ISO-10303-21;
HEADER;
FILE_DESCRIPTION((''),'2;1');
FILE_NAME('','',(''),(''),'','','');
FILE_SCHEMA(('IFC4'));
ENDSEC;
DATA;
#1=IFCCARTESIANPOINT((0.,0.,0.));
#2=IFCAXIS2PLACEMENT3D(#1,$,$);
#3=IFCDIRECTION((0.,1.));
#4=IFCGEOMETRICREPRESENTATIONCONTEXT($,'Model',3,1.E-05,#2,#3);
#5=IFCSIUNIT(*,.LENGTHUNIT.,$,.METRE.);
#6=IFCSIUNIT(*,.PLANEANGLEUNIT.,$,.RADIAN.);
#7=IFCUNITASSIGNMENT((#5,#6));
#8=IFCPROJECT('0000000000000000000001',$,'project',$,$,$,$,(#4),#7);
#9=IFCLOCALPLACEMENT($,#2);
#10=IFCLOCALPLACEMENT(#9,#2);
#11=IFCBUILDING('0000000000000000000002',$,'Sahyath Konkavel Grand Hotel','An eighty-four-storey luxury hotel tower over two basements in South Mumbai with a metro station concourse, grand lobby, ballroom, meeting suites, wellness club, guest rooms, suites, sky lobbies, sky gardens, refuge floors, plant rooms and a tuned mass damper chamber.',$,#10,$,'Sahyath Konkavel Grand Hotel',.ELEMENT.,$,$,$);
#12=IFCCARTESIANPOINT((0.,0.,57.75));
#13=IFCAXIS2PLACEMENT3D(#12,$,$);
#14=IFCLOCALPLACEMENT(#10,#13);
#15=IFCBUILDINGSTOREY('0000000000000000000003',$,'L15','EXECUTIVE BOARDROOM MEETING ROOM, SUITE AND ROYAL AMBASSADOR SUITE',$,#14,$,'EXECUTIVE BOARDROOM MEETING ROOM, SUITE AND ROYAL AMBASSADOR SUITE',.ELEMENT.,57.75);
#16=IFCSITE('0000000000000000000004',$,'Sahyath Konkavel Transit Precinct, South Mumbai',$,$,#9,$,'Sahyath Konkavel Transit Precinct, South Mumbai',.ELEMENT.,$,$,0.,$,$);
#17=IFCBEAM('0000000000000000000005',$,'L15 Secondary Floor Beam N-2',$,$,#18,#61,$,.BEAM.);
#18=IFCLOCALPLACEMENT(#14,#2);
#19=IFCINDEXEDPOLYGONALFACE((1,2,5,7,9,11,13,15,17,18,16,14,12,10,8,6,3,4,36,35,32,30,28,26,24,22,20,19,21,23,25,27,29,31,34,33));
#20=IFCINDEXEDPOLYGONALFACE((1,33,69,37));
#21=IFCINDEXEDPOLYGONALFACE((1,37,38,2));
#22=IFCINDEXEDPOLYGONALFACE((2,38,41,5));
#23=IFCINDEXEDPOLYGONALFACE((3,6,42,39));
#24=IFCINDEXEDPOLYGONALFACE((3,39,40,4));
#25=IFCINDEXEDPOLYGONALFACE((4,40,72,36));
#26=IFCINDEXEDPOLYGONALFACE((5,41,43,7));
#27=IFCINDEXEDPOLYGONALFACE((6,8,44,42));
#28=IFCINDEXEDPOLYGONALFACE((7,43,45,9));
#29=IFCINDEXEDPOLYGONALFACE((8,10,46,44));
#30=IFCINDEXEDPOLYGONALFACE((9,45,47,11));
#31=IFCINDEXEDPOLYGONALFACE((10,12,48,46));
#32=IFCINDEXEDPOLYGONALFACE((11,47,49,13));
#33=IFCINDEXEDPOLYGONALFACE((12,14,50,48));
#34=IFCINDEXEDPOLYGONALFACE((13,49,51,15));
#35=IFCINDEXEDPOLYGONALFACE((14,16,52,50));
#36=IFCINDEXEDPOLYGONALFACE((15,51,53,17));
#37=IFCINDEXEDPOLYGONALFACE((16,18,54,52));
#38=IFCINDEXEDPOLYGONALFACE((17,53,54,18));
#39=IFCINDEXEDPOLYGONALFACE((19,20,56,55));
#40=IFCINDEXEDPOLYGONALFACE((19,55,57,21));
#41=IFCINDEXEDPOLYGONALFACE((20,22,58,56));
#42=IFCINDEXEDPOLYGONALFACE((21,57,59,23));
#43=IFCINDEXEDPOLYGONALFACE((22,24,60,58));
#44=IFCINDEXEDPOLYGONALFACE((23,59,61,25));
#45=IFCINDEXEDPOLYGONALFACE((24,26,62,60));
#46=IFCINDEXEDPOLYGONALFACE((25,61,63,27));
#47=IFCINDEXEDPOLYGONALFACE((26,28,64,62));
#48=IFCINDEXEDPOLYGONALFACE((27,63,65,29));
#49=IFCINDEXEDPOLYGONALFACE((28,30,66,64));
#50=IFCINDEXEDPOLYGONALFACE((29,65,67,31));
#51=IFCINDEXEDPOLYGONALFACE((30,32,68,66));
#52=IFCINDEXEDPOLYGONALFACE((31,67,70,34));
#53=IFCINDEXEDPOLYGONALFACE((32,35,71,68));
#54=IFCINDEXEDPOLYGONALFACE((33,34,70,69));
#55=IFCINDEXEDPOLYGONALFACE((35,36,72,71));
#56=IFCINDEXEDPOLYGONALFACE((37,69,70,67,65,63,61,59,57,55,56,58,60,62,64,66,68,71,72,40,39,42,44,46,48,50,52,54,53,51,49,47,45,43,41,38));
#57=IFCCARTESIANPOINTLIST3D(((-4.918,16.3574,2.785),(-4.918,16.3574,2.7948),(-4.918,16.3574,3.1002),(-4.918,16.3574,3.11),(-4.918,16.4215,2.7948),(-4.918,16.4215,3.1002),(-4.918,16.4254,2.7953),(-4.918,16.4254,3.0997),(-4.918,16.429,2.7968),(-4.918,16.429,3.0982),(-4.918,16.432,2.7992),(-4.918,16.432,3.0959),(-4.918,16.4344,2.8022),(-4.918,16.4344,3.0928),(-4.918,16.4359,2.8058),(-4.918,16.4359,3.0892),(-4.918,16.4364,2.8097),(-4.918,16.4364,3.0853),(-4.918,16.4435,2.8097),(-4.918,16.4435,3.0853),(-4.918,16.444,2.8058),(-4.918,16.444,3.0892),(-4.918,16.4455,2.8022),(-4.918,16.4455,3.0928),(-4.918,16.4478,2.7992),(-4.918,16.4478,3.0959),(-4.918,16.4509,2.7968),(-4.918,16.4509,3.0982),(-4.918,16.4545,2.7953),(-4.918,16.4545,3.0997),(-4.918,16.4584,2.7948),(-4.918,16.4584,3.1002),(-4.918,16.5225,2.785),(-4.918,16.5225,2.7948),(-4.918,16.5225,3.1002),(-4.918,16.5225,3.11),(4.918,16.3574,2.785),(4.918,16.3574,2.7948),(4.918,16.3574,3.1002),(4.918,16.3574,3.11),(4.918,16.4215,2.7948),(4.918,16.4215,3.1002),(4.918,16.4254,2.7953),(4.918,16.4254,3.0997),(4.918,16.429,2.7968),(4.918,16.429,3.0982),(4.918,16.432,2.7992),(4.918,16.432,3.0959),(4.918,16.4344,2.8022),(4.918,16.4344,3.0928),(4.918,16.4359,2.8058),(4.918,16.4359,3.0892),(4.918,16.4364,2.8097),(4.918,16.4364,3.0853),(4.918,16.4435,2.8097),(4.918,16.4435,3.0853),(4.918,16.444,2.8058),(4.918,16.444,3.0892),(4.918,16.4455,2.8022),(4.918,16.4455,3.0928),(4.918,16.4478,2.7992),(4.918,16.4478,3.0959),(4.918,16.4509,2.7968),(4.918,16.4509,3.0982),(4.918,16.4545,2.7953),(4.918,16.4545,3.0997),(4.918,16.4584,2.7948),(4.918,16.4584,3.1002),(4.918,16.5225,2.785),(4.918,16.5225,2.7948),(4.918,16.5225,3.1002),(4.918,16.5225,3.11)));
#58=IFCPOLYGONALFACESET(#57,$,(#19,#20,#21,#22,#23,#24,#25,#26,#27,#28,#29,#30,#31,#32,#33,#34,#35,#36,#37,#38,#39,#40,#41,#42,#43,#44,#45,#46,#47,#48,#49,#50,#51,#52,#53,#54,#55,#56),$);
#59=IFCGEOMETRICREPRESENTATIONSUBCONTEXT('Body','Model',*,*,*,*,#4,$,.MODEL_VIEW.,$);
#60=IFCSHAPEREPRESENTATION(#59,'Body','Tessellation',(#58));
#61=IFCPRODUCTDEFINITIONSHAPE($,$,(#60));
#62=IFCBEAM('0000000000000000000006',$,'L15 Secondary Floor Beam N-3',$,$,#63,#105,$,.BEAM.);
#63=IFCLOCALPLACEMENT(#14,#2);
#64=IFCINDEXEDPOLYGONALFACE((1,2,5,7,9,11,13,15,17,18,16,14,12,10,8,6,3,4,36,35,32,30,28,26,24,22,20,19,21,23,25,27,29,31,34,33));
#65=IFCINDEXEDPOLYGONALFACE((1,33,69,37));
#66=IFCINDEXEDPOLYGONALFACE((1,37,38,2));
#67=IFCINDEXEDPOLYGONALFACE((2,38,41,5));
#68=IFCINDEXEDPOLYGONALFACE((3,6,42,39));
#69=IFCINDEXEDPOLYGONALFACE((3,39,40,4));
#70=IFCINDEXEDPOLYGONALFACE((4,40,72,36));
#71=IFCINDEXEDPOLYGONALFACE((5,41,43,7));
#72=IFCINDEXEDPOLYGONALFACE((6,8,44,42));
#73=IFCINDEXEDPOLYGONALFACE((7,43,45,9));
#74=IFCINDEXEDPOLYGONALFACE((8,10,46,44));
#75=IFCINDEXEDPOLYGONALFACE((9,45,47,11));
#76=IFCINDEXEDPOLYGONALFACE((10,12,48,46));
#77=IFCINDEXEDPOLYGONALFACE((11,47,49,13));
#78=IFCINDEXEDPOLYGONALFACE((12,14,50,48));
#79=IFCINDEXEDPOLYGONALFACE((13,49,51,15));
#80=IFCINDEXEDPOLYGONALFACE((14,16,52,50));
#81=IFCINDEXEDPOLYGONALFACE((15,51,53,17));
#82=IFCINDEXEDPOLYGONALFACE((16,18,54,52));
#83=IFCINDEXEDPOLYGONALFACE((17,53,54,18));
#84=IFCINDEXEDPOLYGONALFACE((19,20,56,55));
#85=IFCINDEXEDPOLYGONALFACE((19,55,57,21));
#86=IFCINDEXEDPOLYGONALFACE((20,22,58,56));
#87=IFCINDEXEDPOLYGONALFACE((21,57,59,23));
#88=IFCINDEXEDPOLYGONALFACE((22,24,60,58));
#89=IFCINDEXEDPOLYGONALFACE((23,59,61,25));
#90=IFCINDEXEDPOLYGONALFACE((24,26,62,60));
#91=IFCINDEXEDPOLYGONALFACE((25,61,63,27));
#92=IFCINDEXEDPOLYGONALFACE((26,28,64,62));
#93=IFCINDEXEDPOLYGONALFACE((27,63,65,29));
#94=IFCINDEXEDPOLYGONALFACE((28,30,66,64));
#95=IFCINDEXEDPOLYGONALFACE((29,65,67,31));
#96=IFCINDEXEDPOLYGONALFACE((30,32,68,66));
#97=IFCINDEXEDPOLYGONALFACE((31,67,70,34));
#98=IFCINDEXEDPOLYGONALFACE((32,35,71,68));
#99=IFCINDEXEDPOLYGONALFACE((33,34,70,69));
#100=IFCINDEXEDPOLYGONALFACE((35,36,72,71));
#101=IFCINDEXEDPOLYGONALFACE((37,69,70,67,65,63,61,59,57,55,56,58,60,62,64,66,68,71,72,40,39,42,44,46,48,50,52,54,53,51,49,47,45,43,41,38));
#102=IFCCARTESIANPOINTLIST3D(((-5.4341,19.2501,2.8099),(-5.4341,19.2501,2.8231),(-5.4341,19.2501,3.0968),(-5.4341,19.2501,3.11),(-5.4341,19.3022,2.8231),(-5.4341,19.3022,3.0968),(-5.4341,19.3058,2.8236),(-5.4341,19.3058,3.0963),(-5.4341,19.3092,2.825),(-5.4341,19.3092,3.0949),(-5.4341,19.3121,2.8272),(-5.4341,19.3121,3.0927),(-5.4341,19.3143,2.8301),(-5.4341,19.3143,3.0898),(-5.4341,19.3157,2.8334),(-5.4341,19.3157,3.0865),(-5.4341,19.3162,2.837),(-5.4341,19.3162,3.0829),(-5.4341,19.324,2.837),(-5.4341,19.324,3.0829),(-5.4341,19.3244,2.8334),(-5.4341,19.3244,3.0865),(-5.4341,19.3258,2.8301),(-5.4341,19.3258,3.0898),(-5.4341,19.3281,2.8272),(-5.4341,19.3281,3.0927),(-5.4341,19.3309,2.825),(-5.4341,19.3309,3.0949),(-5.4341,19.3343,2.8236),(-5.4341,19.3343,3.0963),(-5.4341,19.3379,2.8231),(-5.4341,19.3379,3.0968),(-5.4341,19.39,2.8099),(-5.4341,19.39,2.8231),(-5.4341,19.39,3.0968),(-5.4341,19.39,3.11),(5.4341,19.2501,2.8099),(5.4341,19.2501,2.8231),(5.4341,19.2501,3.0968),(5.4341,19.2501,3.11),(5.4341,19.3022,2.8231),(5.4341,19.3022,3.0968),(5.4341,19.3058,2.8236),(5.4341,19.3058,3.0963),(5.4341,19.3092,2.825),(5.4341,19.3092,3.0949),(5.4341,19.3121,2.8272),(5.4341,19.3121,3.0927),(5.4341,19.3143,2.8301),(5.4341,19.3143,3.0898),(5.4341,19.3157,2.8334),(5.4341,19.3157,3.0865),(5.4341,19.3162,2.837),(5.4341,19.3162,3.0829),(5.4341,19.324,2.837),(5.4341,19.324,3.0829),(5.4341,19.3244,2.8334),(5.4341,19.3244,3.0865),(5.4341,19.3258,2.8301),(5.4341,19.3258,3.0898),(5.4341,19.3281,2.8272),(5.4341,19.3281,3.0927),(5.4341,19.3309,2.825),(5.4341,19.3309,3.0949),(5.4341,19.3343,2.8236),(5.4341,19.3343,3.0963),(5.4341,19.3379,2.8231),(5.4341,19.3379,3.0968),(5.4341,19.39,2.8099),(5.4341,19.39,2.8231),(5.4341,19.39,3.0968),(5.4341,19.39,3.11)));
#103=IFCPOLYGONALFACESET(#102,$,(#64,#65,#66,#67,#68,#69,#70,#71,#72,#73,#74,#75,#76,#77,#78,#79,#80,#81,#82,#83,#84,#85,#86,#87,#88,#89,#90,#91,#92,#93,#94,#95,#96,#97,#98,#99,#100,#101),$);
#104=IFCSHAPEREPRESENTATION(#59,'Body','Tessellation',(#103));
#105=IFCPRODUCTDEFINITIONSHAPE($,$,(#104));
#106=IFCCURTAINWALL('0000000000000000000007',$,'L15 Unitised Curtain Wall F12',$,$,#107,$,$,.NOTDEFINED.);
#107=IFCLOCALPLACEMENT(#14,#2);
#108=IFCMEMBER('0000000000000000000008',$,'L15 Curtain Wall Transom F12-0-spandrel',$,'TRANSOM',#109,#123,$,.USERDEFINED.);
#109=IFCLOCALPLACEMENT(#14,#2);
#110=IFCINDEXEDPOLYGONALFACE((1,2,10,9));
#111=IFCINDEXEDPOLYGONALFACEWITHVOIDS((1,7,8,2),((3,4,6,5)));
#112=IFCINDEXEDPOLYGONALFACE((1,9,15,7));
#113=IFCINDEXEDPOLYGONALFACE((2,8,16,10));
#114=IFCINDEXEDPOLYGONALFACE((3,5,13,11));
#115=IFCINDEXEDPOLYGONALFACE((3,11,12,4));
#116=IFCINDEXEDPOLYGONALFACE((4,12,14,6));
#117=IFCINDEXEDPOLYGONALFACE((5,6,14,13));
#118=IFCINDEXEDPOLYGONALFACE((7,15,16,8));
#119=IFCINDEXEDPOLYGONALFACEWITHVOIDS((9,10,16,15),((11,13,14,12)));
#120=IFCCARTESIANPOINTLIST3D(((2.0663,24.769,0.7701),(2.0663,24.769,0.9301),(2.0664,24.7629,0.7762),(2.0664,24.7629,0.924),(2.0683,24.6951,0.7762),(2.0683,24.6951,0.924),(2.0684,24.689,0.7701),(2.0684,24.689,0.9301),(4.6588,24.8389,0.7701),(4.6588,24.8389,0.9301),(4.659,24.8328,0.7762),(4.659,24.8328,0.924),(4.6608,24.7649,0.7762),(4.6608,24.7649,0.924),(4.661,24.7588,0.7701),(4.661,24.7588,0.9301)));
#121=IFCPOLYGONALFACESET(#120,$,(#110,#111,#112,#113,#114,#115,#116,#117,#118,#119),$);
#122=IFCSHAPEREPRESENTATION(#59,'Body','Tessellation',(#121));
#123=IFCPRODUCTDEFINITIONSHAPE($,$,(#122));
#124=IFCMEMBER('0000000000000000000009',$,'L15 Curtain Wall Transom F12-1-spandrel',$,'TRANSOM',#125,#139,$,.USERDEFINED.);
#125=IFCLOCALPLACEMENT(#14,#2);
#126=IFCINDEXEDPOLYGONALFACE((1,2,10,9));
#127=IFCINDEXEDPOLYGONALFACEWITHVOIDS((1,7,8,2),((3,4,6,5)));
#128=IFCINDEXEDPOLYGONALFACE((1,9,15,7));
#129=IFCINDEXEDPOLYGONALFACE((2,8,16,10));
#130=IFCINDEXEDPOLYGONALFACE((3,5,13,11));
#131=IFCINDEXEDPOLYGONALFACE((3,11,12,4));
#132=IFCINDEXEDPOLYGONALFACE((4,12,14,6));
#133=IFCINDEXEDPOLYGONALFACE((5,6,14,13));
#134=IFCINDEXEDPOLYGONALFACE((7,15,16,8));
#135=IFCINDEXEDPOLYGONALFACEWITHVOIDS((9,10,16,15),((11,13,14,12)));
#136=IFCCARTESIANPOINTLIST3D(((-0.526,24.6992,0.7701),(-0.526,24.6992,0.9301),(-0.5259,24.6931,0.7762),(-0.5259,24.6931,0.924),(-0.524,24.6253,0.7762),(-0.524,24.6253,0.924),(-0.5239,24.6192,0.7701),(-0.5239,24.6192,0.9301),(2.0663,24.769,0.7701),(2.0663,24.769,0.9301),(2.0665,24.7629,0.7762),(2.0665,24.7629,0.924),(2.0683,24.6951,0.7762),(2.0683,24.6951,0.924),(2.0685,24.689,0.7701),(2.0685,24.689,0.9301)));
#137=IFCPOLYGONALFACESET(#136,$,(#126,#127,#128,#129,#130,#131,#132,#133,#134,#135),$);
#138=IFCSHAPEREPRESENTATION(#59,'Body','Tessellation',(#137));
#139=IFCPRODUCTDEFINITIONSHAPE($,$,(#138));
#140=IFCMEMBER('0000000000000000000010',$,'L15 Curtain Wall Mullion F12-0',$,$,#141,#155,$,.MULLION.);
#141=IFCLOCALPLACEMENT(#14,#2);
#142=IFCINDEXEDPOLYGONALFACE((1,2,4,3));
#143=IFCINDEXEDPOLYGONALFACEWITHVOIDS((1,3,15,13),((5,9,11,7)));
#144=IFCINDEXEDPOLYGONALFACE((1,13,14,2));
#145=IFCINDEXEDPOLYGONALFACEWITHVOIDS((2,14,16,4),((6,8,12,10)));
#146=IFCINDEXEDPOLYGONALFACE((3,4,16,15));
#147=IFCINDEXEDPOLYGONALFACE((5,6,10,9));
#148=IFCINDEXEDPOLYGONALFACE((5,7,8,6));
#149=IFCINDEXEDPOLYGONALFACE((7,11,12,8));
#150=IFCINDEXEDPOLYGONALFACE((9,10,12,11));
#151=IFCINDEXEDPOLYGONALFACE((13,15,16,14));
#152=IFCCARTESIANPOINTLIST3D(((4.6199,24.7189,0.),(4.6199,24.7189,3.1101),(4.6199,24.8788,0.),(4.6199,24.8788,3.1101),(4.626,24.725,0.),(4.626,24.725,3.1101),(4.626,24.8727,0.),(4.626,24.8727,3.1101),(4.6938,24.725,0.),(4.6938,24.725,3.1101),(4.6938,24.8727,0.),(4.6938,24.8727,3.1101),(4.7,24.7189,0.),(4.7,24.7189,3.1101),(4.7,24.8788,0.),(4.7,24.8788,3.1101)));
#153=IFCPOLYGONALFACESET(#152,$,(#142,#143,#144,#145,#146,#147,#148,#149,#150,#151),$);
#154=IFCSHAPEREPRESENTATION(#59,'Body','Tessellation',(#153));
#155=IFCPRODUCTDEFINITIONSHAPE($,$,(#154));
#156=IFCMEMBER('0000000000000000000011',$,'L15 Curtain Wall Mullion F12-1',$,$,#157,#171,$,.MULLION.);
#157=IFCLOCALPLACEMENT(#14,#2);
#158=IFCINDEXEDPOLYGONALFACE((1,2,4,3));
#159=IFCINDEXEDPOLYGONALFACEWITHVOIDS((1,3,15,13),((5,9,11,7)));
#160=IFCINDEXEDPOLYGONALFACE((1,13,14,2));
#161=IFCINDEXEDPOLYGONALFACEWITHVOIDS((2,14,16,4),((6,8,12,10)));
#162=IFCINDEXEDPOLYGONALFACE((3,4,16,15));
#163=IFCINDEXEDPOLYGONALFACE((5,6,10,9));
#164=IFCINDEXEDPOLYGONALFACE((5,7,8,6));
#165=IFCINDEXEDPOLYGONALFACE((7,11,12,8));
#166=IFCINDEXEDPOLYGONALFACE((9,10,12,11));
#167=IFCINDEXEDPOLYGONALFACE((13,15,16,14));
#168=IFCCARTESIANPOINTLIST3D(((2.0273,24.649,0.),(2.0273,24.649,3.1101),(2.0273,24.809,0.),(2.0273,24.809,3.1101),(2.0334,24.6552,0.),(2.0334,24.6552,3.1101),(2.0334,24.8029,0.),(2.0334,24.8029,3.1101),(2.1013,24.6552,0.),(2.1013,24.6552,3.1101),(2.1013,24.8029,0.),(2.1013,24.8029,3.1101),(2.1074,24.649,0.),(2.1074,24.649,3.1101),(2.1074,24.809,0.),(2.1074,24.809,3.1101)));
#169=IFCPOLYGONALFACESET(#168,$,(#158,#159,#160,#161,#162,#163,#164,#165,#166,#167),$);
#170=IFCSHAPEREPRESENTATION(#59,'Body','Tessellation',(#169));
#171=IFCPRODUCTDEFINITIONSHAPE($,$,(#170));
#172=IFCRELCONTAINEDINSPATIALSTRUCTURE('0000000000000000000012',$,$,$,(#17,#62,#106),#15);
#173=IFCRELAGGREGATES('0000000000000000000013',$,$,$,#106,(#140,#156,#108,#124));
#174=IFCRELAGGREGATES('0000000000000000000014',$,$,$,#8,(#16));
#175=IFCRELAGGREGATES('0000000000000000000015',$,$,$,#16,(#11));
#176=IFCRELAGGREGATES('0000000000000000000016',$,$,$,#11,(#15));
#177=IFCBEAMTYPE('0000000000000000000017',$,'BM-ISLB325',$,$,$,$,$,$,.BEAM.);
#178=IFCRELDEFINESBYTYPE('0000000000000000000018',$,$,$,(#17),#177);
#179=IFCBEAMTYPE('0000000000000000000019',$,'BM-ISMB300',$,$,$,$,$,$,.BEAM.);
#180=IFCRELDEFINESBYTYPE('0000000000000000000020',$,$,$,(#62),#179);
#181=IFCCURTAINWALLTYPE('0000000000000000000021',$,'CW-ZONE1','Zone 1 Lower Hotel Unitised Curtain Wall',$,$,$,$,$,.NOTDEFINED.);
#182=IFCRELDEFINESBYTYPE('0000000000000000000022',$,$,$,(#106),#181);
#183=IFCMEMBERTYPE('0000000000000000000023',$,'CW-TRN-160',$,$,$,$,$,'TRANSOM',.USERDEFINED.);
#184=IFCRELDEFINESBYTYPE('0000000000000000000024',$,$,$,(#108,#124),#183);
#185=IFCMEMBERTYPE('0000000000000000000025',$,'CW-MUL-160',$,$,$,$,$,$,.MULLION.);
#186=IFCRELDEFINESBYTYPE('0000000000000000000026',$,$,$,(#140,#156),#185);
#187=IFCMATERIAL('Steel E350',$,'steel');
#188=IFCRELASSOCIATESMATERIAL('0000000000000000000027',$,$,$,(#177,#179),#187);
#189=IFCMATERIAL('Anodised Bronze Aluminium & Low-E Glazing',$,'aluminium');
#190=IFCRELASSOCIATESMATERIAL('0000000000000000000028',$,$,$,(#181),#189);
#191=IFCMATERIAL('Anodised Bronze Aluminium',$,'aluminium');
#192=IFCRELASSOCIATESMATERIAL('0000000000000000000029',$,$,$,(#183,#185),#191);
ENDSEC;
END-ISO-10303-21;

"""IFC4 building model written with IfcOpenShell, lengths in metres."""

from ifc_helpers import new_model, si_unit, direction, frame, origin, origin_2d, place, context, subcontext, project, spatial, hollow_rectangle, i_section, extrude, source, transform, mapped, material, material_profile, profile_set, type_object, element, aggregate, save


model = new_model("IFC4")

# Units and contexts
model_context = context("Model", 3, precision=1e-05, world=origin(), true_north=direction((0.0, 1.0)))
body_context = subcontext(model_context, "Body", "Model", "MODEL_VIEW")
ifc_project = project(units=[si_unit("LENGTHUNIT", "METRE"), si_unit("PLANEANGLEUNIT", "RADIAN")], contexts=[model_context])

# Site, building, storey
site_placement = place(None, origin())
site = spatial("IfcSite", under=ifc_project, at=site_placement, Name="Sahyath Konkavel Transit Precinct, South Mumbai", LongName="Sahyath Konkavel Transit Precinct, South Mumbai", CompositionType="ELEMENT", RefElevation=0.0)
building_placement = place(site_placement, origin())
building = spatial("IfcBuilding", under=site, at=building_placement, Name="Sahyath Konkavel Grand Hotel", Description="An eighty-four-storey luxury hotel tower over two basements in South Mumbai with a metro station concourse, grand lobby, ballroom, meeting suites, wellness club, guest rooms, suites, sky lobbies, sky gardens, refuge floors, plant rooms and a tuned mass damper chamber.", LongName="Sahyath Konkavel Grand Hotel", CompositionType="ELEMENT")
storey_placement = place(building_placement, frame((0.0, 0.0, 57.75)))
storey = spatial("IfcBuildingStorey", under=building, at=storey_placement, Name="L15", Description="EXECUTIVE BOARDROOM MEETING ROOM, SUITE AND ROYAL AMBASSADOR SUITE", LongName="EXECUTIVE BOARDROOM MEETING ROOM, SUITE AND ROYAL AMBASSADOR SUITE", CompositionType="ELEMENT", Elevation=57.75)

# Beams
ifc_material_1 = material(Name="Steel E350", Category="steel")
ifc_material_profile_1 = material_profile(ifc_material_1, i_section(OverallWidth=0.165, OverallDepth=0.325, WebThickness=0.0071, FlangeThickness=0.0098, FilletRadius=0.0149, at=origin_2d()), Name="ISLB 325")
ifc_profile_set_1 = profile_set([ifc_material_profile_1], Name="Steel E350")
beam_type_1 = type_object("IfcBeamType", Name="BM-ISLB325", PredefinedType="BEAM", material=ifc_profile_set_1)
shared_shape_1 = source(origin(), body_context, "Body", "SweptSolid", [
    extrude(i_section(OverallWidth=0.165, OverallDepth=0.325, WebThickness=0.0071, FlangeThickness=0.0098, FilletRadius=0.0149, at=origin_2d()), origin(), (0.0, 0.0, 1.0), 9.8359),
])
beam_1_placement = place(storey_placement, frame((4.918, 16.4399, 2.9475), z_axis=(-1.0, 0.0, 0.0), x_axis=(0.0, -1.0, 0.0)))
element("IfcBeam", 1, at=beam_1_placement, inside=storey, type_object=beam_type_1, Name="L15 Secondary Floor Beam N-2", PredefinedType="BEAM", context=body_context, shape_type="MappedRepresentation", body=[
    mapped(shared_shape_1, transform((0.0, 0.0, 0.0), scale=1.0)),
])
ifc_material_profile_2 = material_profile(ifc_material_1, i_section(OverallWidth=0.1399, OverallDepth=0.3, WebThickness=0.0078, FlangeThickness=0.0132, FilletRadius=0.0139, at=origin_2d()), Name="ISMB 300")
ifc_profile_set_2 = profile_set([ifc_material_profile_2], Name="Steel E350")
beam_type_2 = type_object("IfcBeamType", Name="BM-ISMB300", PredefinedType="BEAM", material=ifc_profile_set_2)
shared_shape_2 = source(origin(), body_context, "Body", "SweptSolid", [
    extrude(i_section(OverallWidth=0.1399, OverallDepth=0.3, WebThickness=0.0078, FlangeThickness=0.0132, FilletRadius=0.0139, at=origin_2d()), origin(), (0.0, 0.0, 1.0), 10.8682),
])
beam_2_placement = place(storey_placement, frame((5.4341, 19.3201, 2.96), z_axis=(-1.0, 0.0, 0.0), x_axis=(0.0, -1.0, 0.0)))
element("IfcBeam", 2, at=beam_2_placement, inside=storey, type_object=beam_type_2, Name="L15 Secondary Floor Beam N-3", PredefinedType="BEAM", context=body_context, shape_type="MappedRepresentation", body=[
    mapped(shared_shape_2, transform((0.0, 0.0, 0.0), scale=1.0)),
])

# Curtain wall, members
ifc_material_2 = material(Name="Anodised Bronze Aluminium & Low-E Glazing", Category="aluminium")
curtain_wall_type = type_object("IfcCurtainWallType", Name="CW-ZONE1", Description="Zone 1 Lower Hotel Unitised Curtain Wall", PredefinedType="NOTDEFINED", material=ifc_material_2)
curtain_wall_placement = place(storey_placement, origin())
curtain_wall = element("IfcCurtainWall", 3, at=curtain_wall_placement, inside=storey, type_object=curtain_wall_type, Name="L15 Unitised Curtain Wall F12", PredefinedType="NOTDEFINED")
ifc_material_3 = material(Name="Anodised Bronze Aluminium", Category="aluminium")
ifc_material_profile_3 = material_profile(ifc_material_3, hollow_rectangle(XDim=0.0801, YDim=0.1599, WallThickness=0.0061, at=origin_2d()), Name="RHS 160x80x6")
ifc_profile_set_3 = profile_set([ifc_material_profile_3], Name="Anodised Bronze Aluminium")
member_type_1 = type_object("IfcMemberType", Name="CW-TRN-160", ElementType="TRANSOM", PredefinedType="USERDEFINED", material=ifc_profile_set_3)
shared_shape_3 = source(origin(), body_context, "Body", "SweptSolid", [
    extrude(hollow_rectangle(XDim=0.0801, YDim=0.1599, WallThickness=0.0061, at=origin_2d()), origin(), (0.0, 0.0, 1.0), 2.5935),
])
member_1_placement = place(storey_placement, frame((4.6599, 24.7988, 0.8501), z_axis=(-0.999638, -0.026923, 0.0), x_axis=(0.026923, -0.999638, 0.0)))
member_1 = element("IfcMember", 4, at=member_1_placement, type_object=member_type_1, Name="L15 Curtain Wall Transom F12-0-spandrel", ObjectType="TRANSOM", PredefinedType="USERDEFINED", context=body_context, shape_type="MappedRepresentation", body=[
    mapped(shared_shape_3, transform((0.0, 0.0, 0.0), scale=1.0)),
])
shared_shape_4 = source(origin(), body_context, "Body", "SweptSolid", [
    extrude(hollow_rectangle(XDim=0.0801, YDim=0.1599, WallThickness=0.0061, at=origin_2d()), origin(), (0.0, 0.0, 1.0), 2.5933),
])
member_2_placement = place(storey_placement, frame((2.0674, 24.729, 0.8501), z_axis=(-0.999637, -0.026926, 0.0), x_axis=(0.026926, -0.999637, 0.0)))
member_2 = element("IfcMember", 5, at=member_2_placement, type_object=member_type_1, Name="L15 Curtain Wall Transom F12-1-spandrel", ObjectType="TRANSOM", PredefinedType="USERDEFINED", context=body_context, shape_type="MappedRepresentation", body=[
    mapped(shared_shape_4, transform((0.0, 0.0, 0.0), scale=1.0)),
])
ifc_material_profile_4 = material_profile(ifc_material_3, hollow_rectangle(XDim=0.0801, YDim=0.1599, WallThickness=0.0061, at=origin_2d()), Name="RHS 160x80x6")
ifc_profile_set_4 = profile_set([ifc_material_profile_4], Name="Anodised Bronze Aluminium")
member_type_2 = type_object("IfcMemberType", Name="CW-MUL-160", PredefinedType="MULLION", material=ifc_profile_set_4)
shared_shape_5 = source(origin(), body_context, "Body", "SweptSolid", [
    extrude(hollow_rectangle(XDim=0.0801, YDim=0.1599, WallThickness=0.0061, at=origin_2d()), origin(), (0.0, 0.0, 1.0), 3.1101),
])
member_3_placement = place(storey_placement, frame((4.6599, 24.7988, 0.0), z_axis=(0.0, 0.0, 1.0), x_axis=(1.0, 0.0, 0.0)))
member_3 = element("IfcMember", 6, at=member_3_placement, type_object=member_type_2, Name="L15 Curtain Wall Mullion F12-0", PredefinedType="MULLION", context=body_context, shape_type="MappedRepresentation", body=[
    mapped(shared_shape_5, transform((0.0, 0.0, 0.0), scale=1.0)),
])
member_4_placement = place(storey_placement, frame((2.0674, 24.729, 0.0), z_axis=(0.0, 0.0, 1.0), x_axis=(1.0, 0.0, 0.0)))
member_4 = element("IfcMember", 7, at=member_4_placement, type_object=member_type_2, Name="L15 Curtain Wall Mullion F12-1", PredefinedType="MULLION", context=body_context, shape_type="MappedRepresentation", body=[
    mapped(shared_shape_5, transform((0.0, 0.0, 0.0), scale=1.0)),
])
aggregate(curtain_wall, [member_3, member_4, member_1, member_2])

save(model, "model.ifc")
